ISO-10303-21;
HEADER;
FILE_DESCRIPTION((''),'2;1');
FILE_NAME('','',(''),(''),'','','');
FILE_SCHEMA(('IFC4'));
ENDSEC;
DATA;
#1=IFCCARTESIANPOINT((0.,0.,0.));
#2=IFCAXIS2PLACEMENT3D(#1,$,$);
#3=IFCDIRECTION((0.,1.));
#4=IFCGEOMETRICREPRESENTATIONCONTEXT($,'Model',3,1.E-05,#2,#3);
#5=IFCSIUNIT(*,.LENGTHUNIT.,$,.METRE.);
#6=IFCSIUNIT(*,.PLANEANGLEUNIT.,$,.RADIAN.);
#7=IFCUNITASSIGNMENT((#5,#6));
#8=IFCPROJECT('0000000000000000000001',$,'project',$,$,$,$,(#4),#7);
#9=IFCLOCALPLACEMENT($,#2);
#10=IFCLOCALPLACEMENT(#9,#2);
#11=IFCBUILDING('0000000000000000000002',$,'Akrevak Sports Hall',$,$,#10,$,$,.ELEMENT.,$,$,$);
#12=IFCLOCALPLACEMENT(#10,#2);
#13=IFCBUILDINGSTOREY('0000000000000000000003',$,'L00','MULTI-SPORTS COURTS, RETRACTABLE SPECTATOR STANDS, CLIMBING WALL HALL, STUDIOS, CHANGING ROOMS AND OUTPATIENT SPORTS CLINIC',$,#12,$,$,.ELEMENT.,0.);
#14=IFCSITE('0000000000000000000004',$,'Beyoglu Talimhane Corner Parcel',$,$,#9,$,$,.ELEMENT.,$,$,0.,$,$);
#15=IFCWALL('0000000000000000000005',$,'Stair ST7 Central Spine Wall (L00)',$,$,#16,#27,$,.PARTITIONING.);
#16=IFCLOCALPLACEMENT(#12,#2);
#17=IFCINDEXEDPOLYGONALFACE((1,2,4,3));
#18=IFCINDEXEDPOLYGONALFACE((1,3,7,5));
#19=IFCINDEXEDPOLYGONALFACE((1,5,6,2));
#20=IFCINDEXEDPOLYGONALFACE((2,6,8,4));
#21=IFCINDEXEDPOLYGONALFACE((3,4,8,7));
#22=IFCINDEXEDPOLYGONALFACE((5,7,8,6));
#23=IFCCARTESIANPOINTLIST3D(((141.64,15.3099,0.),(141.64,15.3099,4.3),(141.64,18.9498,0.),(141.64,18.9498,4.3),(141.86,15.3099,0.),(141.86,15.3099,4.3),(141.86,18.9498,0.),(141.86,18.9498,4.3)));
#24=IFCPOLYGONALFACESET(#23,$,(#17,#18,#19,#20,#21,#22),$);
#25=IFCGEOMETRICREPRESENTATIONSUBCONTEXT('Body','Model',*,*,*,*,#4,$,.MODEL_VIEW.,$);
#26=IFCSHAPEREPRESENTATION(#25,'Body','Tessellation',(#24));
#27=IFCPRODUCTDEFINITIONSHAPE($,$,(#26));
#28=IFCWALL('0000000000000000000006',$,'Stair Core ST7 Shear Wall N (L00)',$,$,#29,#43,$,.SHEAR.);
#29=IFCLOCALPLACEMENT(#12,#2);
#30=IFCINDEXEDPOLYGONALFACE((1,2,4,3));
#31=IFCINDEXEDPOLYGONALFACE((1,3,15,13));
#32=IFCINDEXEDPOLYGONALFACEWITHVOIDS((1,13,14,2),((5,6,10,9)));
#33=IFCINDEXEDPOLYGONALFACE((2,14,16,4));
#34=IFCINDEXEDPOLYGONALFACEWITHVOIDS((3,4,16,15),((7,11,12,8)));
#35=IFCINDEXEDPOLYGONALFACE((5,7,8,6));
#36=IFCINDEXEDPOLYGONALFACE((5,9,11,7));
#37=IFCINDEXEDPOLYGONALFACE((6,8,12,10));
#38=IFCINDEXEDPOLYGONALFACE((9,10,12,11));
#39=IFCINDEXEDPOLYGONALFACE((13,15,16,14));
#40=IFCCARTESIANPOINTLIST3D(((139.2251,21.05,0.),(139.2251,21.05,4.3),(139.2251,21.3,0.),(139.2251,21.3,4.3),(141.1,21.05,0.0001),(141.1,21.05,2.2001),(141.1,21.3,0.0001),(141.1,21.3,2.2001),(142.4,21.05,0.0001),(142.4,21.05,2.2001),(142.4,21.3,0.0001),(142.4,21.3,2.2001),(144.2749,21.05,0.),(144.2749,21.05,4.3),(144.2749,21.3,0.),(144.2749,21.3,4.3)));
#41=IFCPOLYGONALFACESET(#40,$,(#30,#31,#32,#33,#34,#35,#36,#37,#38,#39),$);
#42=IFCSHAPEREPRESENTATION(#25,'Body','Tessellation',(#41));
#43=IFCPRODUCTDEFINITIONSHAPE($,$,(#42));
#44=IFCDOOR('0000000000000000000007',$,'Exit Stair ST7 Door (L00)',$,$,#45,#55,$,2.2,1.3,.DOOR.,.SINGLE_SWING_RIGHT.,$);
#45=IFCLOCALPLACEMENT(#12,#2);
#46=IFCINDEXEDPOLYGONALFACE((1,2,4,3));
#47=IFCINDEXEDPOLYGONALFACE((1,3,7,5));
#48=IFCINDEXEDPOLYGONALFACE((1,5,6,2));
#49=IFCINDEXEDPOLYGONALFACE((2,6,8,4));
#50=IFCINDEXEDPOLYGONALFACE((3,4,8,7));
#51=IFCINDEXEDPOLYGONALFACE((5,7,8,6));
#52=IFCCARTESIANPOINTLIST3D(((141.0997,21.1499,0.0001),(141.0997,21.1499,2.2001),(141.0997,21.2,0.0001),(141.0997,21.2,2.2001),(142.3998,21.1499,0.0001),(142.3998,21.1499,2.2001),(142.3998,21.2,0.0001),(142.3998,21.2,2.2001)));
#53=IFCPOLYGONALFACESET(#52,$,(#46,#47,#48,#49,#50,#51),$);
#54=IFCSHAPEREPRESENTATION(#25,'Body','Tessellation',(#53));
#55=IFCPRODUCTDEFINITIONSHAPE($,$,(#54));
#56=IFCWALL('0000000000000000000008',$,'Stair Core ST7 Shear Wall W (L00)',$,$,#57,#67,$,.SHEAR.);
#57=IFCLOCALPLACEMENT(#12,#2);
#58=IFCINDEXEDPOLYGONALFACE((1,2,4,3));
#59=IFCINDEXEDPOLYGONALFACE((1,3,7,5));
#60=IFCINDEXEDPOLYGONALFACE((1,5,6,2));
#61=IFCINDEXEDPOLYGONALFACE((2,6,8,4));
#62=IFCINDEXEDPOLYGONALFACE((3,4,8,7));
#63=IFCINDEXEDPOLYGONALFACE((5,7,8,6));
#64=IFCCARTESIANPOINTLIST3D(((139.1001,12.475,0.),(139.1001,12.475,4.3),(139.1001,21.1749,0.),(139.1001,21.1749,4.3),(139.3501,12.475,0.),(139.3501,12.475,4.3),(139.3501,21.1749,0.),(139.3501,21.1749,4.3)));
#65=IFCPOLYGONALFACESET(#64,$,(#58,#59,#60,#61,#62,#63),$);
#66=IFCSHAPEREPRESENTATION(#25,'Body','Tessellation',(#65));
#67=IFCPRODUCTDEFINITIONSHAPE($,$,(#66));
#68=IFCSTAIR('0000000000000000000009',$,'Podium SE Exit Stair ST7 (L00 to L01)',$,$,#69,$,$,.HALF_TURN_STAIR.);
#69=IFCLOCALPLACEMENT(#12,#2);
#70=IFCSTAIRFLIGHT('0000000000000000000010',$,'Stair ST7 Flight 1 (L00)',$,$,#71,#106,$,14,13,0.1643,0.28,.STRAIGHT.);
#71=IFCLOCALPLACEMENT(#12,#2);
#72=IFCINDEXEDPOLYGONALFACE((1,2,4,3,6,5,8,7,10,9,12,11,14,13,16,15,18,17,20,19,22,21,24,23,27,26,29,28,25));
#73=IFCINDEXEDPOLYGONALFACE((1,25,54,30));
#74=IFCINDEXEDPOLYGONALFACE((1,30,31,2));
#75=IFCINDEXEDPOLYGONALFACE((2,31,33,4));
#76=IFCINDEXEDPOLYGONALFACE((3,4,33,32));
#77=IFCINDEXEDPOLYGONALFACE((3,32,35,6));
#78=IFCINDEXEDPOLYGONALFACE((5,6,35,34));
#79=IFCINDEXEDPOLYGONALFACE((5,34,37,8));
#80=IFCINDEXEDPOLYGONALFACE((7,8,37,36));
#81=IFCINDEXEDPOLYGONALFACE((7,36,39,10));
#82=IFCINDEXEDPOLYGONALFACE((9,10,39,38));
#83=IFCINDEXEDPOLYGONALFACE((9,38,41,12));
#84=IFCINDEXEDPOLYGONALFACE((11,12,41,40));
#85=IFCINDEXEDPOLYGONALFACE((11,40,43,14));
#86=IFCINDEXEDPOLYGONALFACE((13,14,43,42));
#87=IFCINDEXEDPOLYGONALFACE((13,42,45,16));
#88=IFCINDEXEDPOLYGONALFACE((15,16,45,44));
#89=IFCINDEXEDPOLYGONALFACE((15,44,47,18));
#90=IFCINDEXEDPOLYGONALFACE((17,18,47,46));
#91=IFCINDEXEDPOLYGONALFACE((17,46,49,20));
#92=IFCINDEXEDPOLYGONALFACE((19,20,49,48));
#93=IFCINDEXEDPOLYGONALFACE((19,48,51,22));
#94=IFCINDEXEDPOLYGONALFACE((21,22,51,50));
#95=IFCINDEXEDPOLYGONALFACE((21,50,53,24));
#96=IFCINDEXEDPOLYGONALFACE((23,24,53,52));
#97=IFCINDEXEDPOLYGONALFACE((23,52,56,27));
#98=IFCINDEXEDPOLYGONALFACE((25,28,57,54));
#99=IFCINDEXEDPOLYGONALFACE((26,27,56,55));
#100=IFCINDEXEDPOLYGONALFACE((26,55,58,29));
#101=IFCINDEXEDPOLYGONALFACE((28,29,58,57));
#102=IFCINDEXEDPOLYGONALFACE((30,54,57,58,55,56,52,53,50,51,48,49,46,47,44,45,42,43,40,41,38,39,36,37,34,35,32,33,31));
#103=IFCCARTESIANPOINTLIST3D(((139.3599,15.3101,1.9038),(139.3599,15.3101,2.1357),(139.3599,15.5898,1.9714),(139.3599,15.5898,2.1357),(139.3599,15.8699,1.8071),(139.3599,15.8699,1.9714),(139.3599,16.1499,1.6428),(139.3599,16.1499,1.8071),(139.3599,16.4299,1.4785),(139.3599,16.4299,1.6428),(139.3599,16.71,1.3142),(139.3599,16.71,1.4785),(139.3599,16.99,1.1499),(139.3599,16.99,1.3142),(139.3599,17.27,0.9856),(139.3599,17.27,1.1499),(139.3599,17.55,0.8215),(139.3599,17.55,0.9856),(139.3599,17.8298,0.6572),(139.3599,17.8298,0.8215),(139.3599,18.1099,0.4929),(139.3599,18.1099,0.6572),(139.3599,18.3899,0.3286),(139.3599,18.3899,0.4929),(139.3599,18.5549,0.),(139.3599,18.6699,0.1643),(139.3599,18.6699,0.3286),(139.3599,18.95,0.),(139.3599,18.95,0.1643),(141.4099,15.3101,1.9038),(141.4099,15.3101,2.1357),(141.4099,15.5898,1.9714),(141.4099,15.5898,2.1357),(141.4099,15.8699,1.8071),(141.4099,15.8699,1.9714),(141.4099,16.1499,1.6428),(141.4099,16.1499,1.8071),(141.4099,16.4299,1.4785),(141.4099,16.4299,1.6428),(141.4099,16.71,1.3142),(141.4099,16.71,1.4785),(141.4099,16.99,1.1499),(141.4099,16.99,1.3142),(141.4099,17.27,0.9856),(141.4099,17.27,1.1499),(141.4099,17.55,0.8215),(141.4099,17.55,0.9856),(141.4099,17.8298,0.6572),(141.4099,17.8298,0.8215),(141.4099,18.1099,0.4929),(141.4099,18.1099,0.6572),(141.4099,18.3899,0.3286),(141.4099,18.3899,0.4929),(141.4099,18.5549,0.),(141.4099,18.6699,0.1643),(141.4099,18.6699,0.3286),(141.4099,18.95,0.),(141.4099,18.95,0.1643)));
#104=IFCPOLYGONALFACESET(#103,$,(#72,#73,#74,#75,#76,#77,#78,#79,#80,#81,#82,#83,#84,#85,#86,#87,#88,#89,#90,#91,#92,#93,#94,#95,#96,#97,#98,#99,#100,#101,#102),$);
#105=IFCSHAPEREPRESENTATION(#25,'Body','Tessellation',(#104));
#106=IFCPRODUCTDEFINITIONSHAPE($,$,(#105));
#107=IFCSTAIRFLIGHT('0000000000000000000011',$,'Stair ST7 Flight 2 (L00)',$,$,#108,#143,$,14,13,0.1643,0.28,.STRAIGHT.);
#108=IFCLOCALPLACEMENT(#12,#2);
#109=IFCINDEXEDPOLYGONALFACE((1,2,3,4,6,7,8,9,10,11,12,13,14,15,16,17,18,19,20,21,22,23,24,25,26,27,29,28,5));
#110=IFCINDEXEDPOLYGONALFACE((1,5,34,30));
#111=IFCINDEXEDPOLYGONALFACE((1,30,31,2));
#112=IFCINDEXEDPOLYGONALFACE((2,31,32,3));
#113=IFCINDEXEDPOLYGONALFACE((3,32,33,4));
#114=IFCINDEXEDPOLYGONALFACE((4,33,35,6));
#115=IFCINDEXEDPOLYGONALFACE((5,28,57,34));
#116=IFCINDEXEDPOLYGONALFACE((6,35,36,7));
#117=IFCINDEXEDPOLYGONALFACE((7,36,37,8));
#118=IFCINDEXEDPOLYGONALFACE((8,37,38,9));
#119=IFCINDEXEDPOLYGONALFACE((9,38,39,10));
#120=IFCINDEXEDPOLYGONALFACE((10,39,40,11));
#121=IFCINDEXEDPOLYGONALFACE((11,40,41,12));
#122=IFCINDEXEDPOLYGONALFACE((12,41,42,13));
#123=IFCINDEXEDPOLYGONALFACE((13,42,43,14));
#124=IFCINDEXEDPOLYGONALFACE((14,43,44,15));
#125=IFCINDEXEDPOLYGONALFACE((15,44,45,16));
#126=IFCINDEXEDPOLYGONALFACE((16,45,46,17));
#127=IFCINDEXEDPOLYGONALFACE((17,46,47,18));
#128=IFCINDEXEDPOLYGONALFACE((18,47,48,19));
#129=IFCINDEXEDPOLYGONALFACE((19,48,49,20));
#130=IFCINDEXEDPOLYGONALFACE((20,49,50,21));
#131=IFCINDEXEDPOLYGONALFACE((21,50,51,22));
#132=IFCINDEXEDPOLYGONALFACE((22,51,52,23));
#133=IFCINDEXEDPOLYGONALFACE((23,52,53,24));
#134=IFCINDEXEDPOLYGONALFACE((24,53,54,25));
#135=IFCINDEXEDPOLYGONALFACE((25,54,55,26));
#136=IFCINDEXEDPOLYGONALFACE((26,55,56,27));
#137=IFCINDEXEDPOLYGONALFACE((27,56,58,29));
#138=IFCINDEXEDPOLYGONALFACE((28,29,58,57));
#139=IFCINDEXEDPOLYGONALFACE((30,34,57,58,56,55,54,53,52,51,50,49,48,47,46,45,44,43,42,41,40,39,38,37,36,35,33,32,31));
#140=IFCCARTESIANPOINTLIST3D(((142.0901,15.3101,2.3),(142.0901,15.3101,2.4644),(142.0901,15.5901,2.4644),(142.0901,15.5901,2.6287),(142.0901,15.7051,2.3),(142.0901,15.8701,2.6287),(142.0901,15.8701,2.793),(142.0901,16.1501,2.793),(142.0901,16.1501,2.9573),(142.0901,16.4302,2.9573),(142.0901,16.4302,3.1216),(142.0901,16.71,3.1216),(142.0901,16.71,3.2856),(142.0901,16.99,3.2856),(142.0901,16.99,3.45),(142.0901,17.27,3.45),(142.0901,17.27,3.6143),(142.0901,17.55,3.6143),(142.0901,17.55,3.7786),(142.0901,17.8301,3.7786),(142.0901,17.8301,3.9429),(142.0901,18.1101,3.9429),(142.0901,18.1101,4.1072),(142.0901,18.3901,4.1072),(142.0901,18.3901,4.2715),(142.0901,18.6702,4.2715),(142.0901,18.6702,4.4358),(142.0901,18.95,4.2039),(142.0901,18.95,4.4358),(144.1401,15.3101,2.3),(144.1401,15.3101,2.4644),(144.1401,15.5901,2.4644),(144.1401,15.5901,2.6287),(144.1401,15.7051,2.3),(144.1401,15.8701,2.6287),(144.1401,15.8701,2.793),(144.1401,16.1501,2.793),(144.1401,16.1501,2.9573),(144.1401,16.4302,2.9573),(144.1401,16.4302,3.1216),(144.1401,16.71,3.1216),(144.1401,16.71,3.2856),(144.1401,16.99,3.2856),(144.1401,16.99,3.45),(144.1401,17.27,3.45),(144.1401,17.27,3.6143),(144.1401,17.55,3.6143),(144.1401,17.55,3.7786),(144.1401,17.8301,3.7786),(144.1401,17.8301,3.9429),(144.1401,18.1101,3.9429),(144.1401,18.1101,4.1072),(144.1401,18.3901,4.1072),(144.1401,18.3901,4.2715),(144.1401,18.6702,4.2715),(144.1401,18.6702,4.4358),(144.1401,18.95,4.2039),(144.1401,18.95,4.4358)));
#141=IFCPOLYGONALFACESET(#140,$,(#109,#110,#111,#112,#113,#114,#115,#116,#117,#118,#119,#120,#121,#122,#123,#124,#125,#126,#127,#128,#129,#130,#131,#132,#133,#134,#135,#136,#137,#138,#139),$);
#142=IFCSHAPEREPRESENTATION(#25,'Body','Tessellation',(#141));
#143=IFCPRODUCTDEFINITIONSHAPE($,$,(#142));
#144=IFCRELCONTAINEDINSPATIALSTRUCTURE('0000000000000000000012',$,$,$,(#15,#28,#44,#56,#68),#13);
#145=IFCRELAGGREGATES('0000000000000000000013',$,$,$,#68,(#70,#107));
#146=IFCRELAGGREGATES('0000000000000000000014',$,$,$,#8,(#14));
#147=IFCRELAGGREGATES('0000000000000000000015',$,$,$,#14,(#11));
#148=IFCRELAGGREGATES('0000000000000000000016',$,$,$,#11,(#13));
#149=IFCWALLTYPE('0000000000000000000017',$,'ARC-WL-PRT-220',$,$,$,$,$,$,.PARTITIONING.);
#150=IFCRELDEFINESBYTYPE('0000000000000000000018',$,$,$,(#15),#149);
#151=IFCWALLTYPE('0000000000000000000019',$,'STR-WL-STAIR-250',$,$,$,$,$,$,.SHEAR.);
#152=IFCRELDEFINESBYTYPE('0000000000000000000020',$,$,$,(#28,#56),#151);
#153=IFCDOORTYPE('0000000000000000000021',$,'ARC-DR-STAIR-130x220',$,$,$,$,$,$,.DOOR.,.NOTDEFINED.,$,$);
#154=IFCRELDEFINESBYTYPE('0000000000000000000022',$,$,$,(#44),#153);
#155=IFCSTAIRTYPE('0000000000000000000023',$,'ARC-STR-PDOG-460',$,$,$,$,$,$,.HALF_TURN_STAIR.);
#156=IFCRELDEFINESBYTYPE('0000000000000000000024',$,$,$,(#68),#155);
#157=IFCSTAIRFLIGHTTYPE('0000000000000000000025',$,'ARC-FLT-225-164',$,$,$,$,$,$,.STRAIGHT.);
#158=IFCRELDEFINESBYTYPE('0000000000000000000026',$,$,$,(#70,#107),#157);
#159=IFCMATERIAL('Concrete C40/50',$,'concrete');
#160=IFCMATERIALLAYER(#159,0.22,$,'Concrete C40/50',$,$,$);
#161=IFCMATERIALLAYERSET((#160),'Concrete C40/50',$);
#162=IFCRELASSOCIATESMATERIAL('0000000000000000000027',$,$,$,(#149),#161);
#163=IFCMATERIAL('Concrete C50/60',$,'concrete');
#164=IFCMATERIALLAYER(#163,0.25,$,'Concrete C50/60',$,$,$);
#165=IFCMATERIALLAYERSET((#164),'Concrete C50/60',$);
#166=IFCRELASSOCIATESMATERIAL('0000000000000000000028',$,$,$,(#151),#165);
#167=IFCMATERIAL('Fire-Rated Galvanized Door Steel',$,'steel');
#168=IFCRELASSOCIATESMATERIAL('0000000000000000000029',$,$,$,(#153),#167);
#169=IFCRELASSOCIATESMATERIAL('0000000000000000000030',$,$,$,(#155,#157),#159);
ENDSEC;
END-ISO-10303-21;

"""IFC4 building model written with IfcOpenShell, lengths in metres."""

from ifc_helpers import new_model, si_unit, direction, frame, frame_2d, origin, place, context, subcontext, project, spatial, polyline, rectangle, outline, extrude, material, layer, layer_set, type_object, element, fill, aggregate, save


model = new_model("IFC4")

# Units and contexts
model_context = context("Model", 3, precision=1e-05, world=origin(), true_north=direction((0.0, 1.0)))
body_context = subcontext(model_context, "Body", "Model", "MODEL_VIEW")
ifc_project = project(units=[si_unit("LENGTHUNIT", "METRE"), si_unit("PLANEANGLEUNIT", "RADIAN")], contexts=[model_context])

# Site, building, storey
site_placement = place(None, origin())
site = spatial("IfcSite", under=ifc_project, at=site_placement, Name="Beyoglu Talimhane Corner Parcel", CompositionType="ELEMENT", RefElevation=0.0)
building_placement = place(site_placement, origin())
building = spatial("IfcBuilding", under=site, at=building_placement, Name="Akrevak Sports Hall", CompositionType="ELEMENT")
storey_placement = place(building_placement, origin())
storey = spatial("IfcBuildingStorey", under=building, at=storey_placement, Name="L00", Description="MULTI-SPORTS COURTS, RETRACTABLE SPECTATOR STANDS, CLIMBING WALL HALL, STUDIOS, CHANGING ROOMS AND OUTPATIENT SPORTS CLINIC", CompositionType="ELEMENT", Elevation=0.0)

# Shared definitions
ifc_material_1 = material(Name="Concrete C40/50", Category="concrete")

# Wall
ifc_layer_1 = layer(ifc_material_1, 0.22, Name="Concrete C40/50")
ifc_layer_set_1 = layer_set([ifc_layer_1], Name="Concrete C40/50")
wall_type_1 = type_object("IfcWallType", Name="ARC-WL-PRT-220", PredefinedType="PARTITIONING", material=ifc_layer_set_1)
wall_1_placement = place(storey_placement, frame((141.75, 15.3101, 0.0), z_axis=(0.0, 0.0, 1.0), x_axis=(0.0, 1.0, 0.0)))
element("IfcWall", 1, at=wall_1_placement, inside=storey, type_object=wall_type_1, Name="Stair ST7 Central Spine Wall (L00)", PredefinedType="PARTITIONING", context=body_context, shape_type="SweptSolid", body=[
    extrude(rectangle(XDim=3.6399, YDim=0.22, at=frame_2d((1.8198, 0.0))), origin(), (0.0, 0.0, 1.0), 4.3),
])

# Wall, opening, door
ifc_material_2 = material(Name="Concrete C50/60", Category="concrete")
ifc_layer_2 = layer(ifc_material_2, 0.25, Name="Concrete C50/60")
ifc_layer_set_2 = layer_set([ifc_layer_2], Name="Concrete C50/60")
wall_type_2 = type_object("IfcWallType", Name="STR-WL-STAIR-250", PredefinedType="SHEAR", material=ifc_layer_set_2)
wall_2_placement = place(storey_placement, frame((144.2749, 21.175, 0.0), z_axis=(0.0, 0.0, 1.0), x_axis=(-1.0, 0.0, 0.0)))
wall_2 = element("IfcWall", 2, at=wall_2_placement, inside=storey, type_object=wall_type_2, Name="Stair Core ST7 Shear Wall N (L00)", PredefinedType="SHEAR", context=body_context, shape_type="SweptSolid", body=[
    extrude(rectangle(XDim=5.0498, YDim=0.25, at=frame_2d((2.5249, 0.0))), origin(), (0.0, 0.0, 1.0), 4.3),
])
opening_1_placement = place(wall_2_placement, frame((1.875, 0.0, 0.0)))
opening_1 = element("IfcOpeningElement", 3, at=opening_1_placement, cuts=wall_2, PredefinedType="OPENING", context=body_context, shape_type="SweptSolid", body=[
    extrude(rectangle(XDim=1.3, YDim=2.2, at=frame_2d((0.6499, 1.1001))), frame((0.0, 0.137, 0.0), z_axis=(0.0, -1.0, 0.0), x_axis=(1.0, 0.0, 0.0)), (0.0, 0.0, 1.0), 0.2739),
])
ifc_material_3 = material(Name="Fire-Rated Galvanized Door Steel", Category="steel")
door_type_1 = type_object("IfcDoorType", Name="ARC-DR-STAIR-130x220", OperationType="NOTDEFINED", PredefinedType="DOOR", material=ifc_material_3)
door_1_placement = place(opening_1_placement, frame((1.3, 0.0, 0.0), z_axis=(0.0, 0.0, 1.0), x_axis=(-1.0, 0.0, 0.0)))
door_1 = element("IfcDoor", 4, at=door_1_placement, inside=storey, type_object=door_type_1, Name="Exit Stair ST7 Door (L00)", OperationType="SINGLE_SWING_RIGHT", OverallHeight=2.2, OverallWidth=1.3, PredefinedType="DOOR", context=body_context, shape_type="SweptSolid", body=[
    extrude(rectangle(XDim=1.3, YDim=2.2, at=frame_2d((0.6499, 1.1001))), frame((0.0, 0.0249, 0.0), z_axis=(0.0, -1.0, 0.0), x_axis=(1.0, 0.0, 0.0)), (0.0, 0.0, 1.0), 0.05),
])
fill(opening_1, door_1)

# Wall
wall_3_placement = place(storey_placement, frame((139.2251, 21.175, 0.0), z_axis=(0.0, 0.0, 1.0), x_axis=(0.0, -1.0, 0.0)))
element("IfcWall", 5, at=wall_3_placement, inside=storey, type_object=wall_type_2, Name="Stair Core ST7 Shear Wall W (L00)", PredefinedType="SHEAR", context=body_context, shape_type="SweptSolid", body=[
    extrude(rectangle(XDim=8.7, YDim=0.25, at=frame_2d((4.3501, 0.0))), origin(), (0.0, 0.0, 1.0), 4.3),
])

# Stair, stair flights
stair_type = type_object("IfcStairType", Name="ARC-STR-PDOG-460", PredefinedType="HALF_TURN_STAIR", material=ifc_material_1)
stair_placement = place(storey_placement, origin())
stair = element("IfcStair", 6, at=stair_placement, inside=storey, type_object=stair_type, Name="Podium SE Exit Stair ST7 (L00 to L01)", PredefinedType="HALF_TURN_STAIR")
stair_flight_type = type_object("IfcStairFlightType", Name="ARC-FLT-225-164", PredefinedType="STRAIGHT", material=ifc_material_1)
stair_flight_1_placement = place(storey_placement, frame((140.385, 18.95, 0.0), z_axis=(0.0, 0.0, 1.0), x_axis=(0.0, -1.0, 0.0)))
stair_flight_1 = element("IfcStairFlight", 7, at=stair_flight_1_placement, type_object=stair_flight_type, Name="Stair ST7 Flight 1 (L00)", NumberOfRisers=14, NumberOfTreads=13, PredefinedType="STRAIGHT", RiserHeight=0.1643, TreadLength=0.28, context=body_context, shape_type="SweptSolid", body=[
    extrude(outline(polyline([(0.0, 0.0), (0.0, 0.1643), (0.28, 0.1643), (0.28, 0.3286), (0.5601, 0.3286), (0.5601, 0.4929), (0.8401, 0.4929), (0.8401, 0.6572), (1.1201, 0.6572), (1.1201, 0.8215), (1.3999, 0.8215), (1.3999, 0.9856), (1.6799, 0.9856), (1.6799, 1.1499), (1.96, 1.1499), (1.96, 1.3142), (2.24, 1.3142), (2.24, 1.4785), (2.52, 1.4785), (2.52, 1.6428), (2.8, 1.6428), (2.8, 1.8071), (3.0801, 1.8071), (3.0801, 1.9714), (3.3601, 1.9714), (3.3601, 2.1357), (3.6399, 2.1357), (3.6399, 2.3), (3.6399, 1.9038), (0.395, 0.0), (0.0, 0.0)])), frame((0.0, 1.0249, 0.0), z_axis=(0.0, -1.0, 0.0), x_axis=(1.0, 0.0, 0.0)), (0.0, 0.0, 1.0), 2.05),
])
stair_flight_2_placement = place(storey_placement, frame((143.115, 15.3101, 2.3), z_axis=(0.0, 0.0, 1.0), x_axis=(0.0, 1.0, 0.0)))
stair_flight_2 = element("IfcStairFlight", 8, at=stair_flight_2_placement, type_object=stair_flight_type, Name="Stair ST7 Flight 2 (L00)", NumberOfRisers=14, NumberOfTreads=13, PredefinedType="STRAIGHT", RiserHeight=0.1643, TreadLength=0.28, context=body_context, shape_type="SweptSolid", body=[
    extrude(outline(polyline([(0.0, 0.0), (0.0, 0.1643), (0.28, 0.1643), (0.28, 0.3286), (0.5601, 0.3286), (0.5601, 0.4929), (0.8401, 0.4929), (0.8401, 0.6572), (1.1201, 0.6572), (1.1201, 0.8215), (1.3999, 0.8215), (1.3999, 0.9856), (1.6799, 0.9856), (1.6799, 1.1499), (1.96, 1.1499), (1.96, 1.3142), (2.24, 1.3142), (2.24, 1.4785), (2.52, 1.4785), (2.52, 1.6428), (2.8, 1.6428), (2.8, 1.8071), (3.0801, 1.8071), (3.0801, 1.9714), (3.3601, 1.9714), (3.3601, 2.1357), (3.6399, 2.1357), (3.6399, 2.3), (3.6399, 1.9038), (0.395, 0.0), (0.0, 0.0)])), frame((0.0, 1.0249, 0.0), z_axis=(0.0, -1.0, 0.0), x_axis=(1.0, 0.0, 0.0)), (0.0, 0.0, 1.0), 2.05),
])
aggregate(stair, [stair_flight_1, stair_flight_2])

save(model, "model.ifc")
